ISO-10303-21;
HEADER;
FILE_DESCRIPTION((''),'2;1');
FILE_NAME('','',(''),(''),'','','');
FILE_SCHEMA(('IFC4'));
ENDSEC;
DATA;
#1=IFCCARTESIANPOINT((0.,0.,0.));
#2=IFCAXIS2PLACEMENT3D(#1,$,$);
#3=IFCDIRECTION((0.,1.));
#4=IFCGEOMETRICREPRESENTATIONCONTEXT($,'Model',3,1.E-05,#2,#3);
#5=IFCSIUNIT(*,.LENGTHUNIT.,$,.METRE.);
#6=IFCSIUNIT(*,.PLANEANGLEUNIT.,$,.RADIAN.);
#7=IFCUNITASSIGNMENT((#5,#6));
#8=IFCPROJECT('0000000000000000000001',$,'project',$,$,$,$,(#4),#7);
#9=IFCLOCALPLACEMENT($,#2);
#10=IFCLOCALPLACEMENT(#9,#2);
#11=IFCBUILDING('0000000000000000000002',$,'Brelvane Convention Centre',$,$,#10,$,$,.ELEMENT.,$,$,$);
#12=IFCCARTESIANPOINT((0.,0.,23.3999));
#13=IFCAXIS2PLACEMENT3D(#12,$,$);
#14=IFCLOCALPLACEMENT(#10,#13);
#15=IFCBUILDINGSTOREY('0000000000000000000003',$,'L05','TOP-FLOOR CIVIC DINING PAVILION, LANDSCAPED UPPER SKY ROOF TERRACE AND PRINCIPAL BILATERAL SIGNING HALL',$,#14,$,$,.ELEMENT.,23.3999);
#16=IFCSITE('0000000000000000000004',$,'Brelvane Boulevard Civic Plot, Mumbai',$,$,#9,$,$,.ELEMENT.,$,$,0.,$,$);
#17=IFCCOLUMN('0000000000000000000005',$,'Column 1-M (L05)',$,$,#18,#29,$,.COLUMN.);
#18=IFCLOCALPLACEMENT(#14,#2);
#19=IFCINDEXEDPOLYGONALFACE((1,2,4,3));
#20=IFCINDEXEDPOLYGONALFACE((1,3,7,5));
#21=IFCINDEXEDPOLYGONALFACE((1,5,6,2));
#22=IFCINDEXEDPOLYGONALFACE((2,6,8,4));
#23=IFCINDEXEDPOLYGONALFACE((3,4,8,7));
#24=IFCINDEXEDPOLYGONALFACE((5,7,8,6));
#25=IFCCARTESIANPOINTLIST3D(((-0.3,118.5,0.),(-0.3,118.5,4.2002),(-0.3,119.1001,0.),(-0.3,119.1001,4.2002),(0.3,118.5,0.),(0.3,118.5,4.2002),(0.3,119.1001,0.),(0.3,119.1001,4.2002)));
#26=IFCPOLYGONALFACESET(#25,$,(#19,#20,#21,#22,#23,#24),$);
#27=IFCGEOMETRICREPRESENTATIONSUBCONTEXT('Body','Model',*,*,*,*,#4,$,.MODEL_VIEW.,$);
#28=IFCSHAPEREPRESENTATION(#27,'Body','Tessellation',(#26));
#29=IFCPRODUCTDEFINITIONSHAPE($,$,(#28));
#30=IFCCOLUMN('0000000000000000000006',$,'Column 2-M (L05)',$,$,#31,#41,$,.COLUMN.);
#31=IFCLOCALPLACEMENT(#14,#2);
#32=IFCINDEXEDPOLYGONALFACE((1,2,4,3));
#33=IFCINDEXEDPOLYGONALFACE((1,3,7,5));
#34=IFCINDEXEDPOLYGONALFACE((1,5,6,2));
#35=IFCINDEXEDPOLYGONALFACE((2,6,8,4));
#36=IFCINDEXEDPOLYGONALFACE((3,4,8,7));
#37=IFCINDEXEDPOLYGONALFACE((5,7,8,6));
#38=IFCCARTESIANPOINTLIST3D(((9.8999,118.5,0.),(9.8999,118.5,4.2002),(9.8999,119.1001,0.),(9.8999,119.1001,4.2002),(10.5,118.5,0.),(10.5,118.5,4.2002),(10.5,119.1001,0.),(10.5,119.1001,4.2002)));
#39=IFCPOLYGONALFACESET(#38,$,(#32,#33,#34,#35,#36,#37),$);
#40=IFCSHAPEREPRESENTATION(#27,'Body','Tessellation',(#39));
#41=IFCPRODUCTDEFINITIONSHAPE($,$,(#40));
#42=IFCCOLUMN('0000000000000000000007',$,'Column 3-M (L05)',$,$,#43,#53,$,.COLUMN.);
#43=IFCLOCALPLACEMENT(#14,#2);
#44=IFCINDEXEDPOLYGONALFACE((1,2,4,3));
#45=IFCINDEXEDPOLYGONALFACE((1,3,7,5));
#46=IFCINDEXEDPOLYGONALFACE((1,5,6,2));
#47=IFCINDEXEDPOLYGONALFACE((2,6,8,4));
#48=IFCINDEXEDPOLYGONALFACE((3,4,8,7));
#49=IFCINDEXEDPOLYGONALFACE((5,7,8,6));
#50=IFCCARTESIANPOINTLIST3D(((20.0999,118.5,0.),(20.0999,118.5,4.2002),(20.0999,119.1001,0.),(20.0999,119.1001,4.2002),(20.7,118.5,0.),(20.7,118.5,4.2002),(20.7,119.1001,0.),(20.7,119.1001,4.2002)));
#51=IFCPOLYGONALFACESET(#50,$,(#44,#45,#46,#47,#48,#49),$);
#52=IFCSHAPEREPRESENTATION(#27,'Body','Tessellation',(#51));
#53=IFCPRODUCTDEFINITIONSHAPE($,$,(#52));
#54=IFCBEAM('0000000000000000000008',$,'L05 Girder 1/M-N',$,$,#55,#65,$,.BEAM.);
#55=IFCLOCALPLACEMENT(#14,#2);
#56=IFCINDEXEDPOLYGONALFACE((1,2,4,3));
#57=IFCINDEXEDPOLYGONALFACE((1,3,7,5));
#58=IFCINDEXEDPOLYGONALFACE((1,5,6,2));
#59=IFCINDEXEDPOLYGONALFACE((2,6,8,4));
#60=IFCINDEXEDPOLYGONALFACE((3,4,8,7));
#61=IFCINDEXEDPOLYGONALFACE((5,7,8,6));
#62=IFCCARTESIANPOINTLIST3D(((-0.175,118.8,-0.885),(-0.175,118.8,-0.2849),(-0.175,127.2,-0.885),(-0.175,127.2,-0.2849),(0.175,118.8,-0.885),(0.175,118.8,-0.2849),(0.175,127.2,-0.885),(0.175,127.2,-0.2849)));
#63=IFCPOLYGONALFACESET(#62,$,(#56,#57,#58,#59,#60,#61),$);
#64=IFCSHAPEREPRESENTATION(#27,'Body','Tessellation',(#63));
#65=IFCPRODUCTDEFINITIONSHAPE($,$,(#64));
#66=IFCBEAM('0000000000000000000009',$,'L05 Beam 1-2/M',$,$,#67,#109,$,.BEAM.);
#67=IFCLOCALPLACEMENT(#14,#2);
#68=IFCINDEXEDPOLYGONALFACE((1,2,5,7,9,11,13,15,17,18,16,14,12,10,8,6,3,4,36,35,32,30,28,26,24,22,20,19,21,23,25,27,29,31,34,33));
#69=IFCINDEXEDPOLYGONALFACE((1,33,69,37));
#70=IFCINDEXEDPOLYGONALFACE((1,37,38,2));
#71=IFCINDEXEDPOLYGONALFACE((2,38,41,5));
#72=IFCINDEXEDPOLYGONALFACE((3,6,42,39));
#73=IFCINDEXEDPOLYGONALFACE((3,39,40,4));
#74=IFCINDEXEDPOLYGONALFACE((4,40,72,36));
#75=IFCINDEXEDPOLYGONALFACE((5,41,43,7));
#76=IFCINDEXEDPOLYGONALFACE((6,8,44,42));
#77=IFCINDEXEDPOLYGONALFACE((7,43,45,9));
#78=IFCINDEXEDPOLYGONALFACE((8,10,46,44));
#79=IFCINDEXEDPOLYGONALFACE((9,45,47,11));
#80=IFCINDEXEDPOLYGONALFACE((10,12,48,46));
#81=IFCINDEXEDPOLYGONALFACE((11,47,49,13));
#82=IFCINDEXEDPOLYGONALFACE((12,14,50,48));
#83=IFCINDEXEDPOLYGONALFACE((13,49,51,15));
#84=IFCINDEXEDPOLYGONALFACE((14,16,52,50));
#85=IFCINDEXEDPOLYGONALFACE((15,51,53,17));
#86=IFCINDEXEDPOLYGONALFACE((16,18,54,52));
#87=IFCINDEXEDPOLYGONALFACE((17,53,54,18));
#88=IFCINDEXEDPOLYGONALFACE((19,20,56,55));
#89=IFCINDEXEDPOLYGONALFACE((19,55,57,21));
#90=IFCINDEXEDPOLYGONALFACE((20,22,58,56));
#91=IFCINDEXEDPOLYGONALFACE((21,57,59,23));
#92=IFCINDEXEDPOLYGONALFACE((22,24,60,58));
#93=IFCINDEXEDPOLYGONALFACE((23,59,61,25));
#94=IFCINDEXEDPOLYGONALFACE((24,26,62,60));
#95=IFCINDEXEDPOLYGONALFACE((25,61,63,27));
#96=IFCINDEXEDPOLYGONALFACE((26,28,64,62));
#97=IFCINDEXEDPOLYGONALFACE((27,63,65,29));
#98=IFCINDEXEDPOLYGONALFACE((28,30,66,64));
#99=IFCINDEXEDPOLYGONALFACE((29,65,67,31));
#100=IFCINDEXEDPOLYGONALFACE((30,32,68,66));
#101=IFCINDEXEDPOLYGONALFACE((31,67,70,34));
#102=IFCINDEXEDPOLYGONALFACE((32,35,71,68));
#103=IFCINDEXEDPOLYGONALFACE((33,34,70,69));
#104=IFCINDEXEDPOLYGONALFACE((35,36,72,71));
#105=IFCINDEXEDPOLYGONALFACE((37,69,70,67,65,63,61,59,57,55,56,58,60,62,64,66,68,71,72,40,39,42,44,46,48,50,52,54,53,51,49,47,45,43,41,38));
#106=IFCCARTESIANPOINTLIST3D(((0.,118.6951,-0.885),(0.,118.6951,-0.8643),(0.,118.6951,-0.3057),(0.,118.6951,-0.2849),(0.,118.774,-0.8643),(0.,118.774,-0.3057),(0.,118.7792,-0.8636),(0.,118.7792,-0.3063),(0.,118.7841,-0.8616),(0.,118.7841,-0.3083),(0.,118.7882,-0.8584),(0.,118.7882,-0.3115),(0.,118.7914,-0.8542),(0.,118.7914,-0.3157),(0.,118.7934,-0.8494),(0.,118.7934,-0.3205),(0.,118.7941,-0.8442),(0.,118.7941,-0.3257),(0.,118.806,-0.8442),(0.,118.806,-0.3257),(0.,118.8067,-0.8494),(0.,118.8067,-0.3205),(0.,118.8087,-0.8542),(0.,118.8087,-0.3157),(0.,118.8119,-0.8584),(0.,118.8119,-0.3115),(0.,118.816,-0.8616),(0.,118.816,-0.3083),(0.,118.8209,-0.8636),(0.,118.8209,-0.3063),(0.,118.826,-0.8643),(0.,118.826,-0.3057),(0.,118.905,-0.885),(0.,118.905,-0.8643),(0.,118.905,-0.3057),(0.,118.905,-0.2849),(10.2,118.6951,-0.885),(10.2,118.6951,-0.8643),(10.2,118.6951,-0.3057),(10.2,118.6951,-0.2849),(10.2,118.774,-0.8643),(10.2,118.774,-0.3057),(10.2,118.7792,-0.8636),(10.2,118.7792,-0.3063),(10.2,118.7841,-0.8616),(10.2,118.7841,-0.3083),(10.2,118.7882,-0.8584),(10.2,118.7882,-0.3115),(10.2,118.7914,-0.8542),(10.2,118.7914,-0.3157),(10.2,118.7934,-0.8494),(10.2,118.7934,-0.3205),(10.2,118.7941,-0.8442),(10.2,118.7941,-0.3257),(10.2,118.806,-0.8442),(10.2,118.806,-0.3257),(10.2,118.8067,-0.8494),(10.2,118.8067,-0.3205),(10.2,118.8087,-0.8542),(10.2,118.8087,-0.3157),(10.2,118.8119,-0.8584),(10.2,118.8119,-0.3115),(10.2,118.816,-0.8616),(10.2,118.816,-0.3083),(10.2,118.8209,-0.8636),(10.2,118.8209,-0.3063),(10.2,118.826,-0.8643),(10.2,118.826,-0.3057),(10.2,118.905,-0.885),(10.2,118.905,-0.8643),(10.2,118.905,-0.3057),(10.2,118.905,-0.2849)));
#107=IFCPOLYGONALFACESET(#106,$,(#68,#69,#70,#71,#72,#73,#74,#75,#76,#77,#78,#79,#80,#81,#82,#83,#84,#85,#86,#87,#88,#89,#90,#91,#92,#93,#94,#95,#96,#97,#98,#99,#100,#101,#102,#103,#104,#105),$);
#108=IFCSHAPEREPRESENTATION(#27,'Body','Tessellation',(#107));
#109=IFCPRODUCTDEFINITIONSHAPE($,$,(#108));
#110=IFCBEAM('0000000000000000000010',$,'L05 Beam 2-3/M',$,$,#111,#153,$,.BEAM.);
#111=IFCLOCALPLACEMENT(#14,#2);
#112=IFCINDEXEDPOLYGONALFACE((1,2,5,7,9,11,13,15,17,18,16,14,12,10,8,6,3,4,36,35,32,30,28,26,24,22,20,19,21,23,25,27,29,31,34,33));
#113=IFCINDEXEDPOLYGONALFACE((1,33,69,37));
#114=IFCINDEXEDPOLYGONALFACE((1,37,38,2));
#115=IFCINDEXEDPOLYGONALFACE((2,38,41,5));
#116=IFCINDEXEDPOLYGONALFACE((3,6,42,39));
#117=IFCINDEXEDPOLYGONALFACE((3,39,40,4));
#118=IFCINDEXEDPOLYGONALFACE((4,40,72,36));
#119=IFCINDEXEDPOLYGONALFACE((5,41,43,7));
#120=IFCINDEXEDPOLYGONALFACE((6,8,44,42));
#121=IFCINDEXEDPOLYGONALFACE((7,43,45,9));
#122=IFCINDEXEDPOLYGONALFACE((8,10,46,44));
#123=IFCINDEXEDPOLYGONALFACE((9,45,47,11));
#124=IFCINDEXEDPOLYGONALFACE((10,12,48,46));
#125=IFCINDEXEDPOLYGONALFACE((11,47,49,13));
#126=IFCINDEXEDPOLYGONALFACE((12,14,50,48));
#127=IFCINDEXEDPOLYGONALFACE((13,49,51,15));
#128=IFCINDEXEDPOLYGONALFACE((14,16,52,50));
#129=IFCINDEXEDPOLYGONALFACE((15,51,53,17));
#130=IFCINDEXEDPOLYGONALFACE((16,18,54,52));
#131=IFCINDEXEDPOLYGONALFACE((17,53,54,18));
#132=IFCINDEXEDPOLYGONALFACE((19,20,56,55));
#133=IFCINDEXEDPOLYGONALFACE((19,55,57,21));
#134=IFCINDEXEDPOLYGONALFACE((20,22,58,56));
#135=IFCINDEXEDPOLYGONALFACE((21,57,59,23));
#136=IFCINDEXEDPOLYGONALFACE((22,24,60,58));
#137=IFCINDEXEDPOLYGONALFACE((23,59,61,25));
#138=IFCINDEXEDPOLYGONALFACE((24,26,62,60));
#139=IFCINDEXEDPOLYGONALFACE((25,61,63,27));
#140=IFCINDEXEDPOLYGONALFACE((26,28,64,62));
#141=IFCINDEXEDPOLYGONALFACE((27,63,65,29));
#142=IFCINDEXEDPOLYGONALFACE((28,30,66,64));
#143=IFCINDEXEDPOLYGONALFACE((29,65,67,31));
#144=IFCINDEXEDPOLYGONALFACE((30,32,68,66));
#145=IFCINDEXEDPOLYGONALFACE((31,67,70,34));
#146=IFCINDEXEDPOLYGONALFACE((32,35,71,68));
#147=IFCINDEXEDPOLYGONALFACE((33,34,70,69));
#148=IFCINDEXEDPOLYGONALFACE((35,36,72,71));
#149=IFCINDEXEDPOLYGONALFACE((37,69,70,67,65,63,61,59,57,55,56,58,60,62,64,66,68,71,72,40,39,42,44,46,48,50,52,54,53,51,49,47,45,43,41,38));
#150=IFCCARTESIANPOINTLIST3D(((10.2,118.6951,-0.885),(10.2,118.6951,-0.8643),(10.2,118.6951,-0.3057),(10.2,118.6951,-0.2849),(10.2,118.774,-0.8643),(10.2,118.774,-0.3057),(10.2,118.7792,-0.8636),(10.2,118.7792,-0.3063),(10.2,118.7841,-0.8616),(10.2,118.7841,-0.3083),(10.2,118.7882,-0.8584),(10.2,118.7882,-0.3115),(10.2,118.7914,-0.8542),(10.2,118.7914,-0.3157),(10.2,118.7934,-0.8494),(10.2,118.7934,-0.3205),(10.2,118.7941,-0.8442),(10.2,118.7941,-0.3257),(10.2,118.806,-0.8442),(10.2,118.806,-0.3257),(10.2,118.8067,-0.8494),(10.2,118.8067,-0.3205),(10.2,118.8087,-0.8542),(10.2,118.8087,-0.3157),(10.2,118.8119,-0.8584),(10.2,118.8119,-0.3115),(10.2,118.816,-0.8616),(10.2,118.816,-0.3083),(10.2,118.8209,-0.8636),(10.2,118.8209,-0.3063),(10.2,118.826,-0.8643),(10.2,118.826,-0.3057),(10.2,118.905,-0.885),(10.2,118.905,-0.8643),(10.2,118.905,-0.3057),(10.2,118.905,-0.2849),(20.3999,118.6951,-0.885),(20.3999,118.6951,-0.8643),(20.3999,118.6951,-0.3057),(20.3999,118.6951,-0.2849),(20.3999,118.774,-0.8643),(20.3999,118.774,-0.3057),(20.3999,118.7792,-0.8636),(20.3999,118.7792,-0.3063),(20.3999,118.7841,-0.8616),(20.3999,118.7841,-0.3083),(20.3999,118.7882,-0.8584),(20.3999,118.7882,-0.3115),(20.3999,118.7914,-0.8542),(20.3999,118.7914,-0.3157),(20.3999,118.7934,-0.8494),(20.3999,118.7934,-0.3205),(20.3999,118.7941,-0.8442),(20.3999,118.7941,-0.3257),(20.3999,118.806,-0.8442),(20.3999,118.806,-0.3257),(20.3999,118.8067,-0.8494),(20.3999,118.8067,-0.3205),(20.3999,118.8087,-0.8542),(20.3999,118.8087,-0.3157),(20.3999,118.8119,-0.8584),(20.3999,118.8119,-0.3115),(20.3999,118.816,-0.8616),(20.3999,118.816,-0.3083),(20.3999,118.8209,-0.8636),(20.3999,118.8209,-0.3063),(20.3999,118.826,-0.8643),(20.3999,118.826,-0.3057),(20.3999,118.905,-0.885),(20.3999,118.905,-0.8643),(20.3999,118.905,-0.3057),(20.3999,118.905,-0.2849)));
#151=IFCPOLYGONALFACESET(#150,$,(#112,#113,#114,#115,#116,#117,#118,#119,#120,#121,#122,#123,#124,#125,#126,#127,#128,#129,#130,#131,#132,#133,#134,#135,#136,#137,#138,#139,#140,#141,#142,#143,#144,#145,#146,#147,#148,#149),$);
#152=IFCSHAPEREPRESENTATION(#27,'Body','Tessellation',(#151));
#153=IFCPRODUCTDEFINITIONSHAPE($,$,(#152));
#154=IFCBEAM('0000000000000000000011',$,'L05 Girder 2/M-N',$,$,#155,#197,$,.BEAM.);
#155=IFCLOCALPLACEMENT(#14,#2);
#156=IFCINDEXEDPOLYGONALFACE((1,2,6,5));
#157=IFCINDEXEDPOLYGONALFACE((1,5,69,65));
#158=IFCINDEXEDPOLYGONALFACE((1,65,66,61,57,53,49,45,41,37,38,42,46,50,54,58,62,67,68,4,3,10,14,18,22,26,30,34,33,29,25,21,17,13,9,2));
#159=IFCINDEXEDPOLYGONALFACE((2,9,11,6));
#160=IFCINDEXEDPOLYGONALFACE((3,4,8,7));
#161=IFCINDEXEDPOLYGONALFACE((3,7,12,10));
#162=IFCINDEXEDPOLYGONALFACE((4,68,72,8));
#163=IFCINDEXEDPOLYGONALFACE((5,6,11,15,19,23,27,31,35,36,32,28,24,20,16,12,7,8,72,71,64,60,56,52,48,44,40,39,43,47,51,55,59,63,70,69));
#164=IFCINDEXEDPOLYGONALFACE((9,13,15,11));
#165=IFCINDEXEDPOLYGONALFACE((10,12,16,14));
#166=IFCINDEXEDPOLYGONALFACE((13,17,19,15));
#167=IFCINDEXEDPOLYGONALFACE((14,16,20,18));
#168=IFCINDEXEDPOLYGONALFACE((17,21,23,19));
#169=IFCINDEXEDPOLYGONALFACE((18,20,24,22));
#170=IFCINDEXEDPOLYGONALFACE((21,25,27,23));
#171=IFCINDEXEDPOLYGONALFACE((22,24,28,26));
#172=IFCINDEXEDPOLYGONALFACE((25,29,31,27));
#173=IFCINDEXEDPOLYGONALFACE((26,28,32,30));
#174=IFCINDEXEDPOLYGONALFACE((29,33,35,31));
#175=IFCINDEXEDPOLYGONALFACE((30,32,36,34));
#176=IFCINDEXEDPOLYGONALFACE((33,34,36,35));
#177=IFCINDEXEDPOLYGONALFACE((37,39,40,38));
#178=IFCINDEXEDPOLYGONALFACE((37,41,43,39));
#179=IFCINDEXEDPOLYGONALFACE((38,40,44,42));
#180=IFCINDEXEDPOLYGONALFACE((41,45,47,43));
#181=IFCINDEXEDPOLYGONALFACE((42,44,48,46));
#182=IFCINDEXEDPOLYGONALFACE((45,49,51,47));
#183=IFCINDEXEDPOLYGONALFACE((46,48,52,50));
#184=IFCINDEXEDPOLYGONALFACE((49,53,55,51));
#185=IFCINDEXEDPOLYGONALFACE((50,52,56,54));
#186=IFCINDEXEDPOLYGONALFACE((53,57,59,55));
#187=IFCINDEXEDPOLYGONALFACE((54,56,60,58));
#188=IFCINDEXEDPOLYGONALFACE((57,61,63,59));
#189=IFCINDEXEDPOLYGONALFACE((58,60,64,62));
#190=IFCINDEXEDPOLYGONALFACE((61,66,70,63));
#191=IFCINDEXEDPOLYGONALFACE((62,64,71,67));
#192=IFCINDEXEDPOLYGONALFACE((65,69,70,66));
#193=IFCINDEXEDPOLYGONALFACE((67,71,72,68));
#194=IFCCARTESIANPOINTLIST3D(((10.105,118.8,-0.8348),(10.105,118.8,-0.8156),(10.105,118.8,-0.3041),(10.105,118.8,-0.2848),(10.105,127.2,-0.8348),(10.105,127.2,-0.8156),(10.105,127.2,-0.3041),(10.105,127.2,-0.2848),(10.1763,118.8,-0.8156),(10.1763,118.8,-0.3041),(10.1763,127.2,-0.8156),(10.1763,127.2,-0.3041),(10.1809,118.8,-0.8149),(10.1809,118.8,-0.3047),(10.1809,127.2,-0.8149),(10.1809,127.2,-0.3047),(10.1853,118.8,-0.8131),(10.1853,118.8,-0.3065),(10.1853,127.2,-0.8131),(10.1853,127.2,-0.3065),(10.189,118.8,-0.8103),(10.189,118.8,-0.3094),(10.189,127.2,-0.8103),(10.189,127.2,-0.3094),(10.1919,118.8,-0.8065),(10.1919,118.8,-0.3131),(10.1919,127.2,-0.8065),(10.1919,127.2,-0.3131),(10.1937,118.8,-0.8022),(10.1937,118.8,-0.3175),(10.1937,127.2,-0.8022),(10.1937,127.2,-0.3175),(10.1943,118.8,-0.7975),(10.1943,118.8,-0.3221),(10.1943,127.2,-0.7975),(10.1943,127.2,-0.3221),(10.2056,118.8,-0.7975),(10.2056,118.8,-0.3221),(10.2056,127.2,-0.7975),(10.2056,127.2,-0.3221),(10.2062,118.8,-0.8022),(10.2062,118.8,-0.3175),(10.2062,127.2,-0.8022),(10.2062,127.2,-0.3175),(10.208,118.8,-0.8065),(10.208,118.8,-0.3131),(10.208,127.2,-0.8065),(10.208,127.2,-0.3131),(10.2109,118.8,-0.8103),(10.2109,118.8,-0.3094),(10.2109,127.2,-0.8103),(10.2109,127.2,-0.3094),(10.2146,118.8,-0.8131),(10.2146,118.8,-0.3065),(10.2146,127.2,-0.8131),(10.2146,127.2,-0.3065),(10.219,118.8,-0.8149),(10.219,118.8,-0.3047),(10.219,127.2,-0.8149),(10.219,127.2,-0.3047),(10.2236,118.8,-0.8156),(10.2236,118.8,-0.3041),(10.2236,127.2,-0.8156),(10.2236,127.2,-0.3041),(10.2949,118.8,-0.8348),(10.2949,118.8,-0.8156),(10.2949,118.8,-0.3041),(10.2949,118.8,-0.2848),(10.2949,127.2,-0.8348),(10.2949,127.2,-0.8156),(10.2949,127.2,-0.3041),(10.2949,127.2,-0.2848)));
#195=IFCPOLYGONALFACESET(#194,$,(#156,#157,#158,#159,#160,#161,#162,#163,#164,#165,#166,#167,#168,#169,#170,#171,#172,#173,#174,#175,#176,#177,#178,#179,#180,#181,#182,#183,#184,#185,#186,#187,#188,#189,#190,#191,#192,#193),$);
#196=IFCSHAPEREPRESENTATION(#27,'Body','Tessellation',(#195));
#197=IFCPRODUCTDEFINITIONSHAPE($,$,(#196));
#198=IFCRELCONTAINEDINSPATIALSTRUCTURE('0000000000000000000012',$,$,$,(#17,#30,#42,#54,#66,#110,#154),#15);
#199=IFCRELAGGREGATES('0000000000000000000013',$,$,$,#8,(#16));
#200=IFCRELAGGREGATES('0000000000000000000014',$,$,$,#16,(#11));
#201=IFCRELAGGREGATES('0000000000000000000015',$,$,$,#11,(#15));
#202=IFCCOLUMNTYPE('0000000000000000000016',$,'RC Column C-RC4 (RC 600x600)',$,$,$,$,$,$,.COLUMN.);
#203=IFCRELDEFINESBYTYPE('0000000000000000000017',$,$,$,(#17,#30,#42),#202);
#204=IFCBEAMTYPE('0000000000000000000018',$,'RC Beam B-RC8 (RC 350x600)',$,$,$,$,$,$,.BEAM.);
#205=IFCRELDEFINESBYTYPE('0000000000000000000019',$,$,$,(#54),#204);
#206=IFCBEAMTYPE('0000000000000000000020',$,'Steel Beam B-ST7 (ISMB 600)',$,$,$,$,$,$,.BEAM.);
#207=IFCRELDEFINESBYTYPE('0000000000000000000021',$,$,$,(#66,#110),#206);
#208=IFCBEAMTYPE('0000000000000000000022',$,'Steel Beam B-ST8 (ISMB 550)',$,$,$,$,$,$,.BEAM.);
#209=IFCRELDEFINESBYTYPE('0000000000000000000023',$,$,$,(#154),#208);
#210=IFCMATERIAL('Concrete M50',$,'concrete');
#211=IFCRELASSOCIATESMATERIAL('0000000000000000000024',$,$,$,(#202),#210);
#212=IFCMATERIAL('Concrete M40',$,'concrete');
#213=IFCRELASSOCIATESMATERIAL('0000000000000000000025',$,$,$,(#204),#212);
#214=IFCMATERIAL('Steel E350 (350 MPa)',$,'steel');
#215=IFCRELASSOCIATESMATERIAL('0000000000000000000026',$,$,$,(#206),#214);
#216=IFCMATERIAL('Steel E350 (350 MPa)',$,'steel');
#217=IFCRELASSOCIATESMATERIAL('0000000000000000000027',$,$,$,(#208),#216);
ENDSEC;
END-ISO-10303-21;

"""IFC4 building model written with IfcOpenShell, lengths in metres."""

from ifc_helpers import new_model, si_unit, direction, frame, origin, origin_2d, place, context, subcontext, project, spatial, rectangle, i_section, extrude, material, material_profile, profile_set, type_object, element, save


model = new_model("IFC4")

# Units and contexts
model_context = context("Model", 3, precision=1e-05, world=origin(), true_north=direction((0.0, 1.0)))
body_context = subcontext(model_context, "Body", "Model", "MODEL_VIEW")
ifc_project = project(units=[si_unit("LENGTHUNIT", "METRE"), si_unit("PLANEANGLEUNIT", "RADIAN")], contexts=[model_context])

# Site, building, storey
site_placement = place(None, origin())
site = spatial("IfcSite", under=ifc_project, at=site_placement, Name="Brelvane Boulevard Civic Plot, Mumbai", CompositionType="ELEMENT", RefElevation=0.0)
building_placement = place(site_placement, origin())
building = spatial("IfcBuilding", under=site, at=building_placement, Name="Brelvane Convention Centre", CompositionType="ELEMENT")
storey_placement = place(building_placement, frame((0.0, 0.0, 23.3999)))
storey = spatial("IfcBuildingStorey", under=building, at=storey_placement, Name="L05", Description="TOP-FLOOR CIVIC DINING PAVILION, LANDSCAPED UPPER SKY ROOF TERRACE AND PRINCIPAL BILATERAL SIGNING HALL", CompositionType="ELEMENT", Elevation=23.3999)

# Columns
ifc_material_1 = material(Name="Concrete M50", Category="concrete")
ifc_material_profile_1 = material_profile(ifc_material_1, rectangle(XDim=0.6001, YDim=0.6001, at=origin_2d()), Name="RC 600x600")
ifc_profile_set_1 = profile_set([ifc_material_profile_1], Name="Concrete M50")
column_type = type_object("IfcColumnType", Name="RC Column C-RC4 (RC 600x600)", PredefinedType="COLUMN", material=ifc_profile_set_1)
for number, where, z_axis, x_axis, name in (
    (1, (0.0, 118.8, 0.0), (0.0, 0.0, 1.0), (1.0, 0.0, 0.0), "Column 1-M (L05)"),
    (2, (10.2, 118.8, 0.0), (0.0, 0.0, 1.0), (1.0, 0.0, 0.0), "Column 2-M (L05)"),
    (3, (20.3999, 118.8, 0.0), (0.0, 0.0, 1.0), (1.0, 0.0, 0.0), "Column 3-M (L05)"),
):
    element("IfcColumn", number, at=place(storey_placement, frame(where, z_axis=z_axis, x_axis=x_axis)), inside=storey, type_object=column_type, Name=name, PredefinedType="COLUMN", context=body_context, shape_type="SweptSolid", body=[
        extrude(rectangle(XDim=0.6001, YDim=0.6001, at=origin_2d()), origin(), (0.0, 0.0, 1.0), 4.2002),
    ])

# Beams
ifc_material_2 = material(Name="Concrete M40", Category="concrete")
ifc_material_profile_2 = material_profile(ifc_material_2, rectangle(XDim=0.3501, YDim=0.6001, at=origin_2d()), Name="RC 350x600")
ifc_profile_set_2 = profile_set([ifc_material_profile_2], Name="Concrete M40")
beam_type_1 = type_object("IfcBeamType", Name="RC Beam B-RC8 (RC 350x600)", PredefinedType="BEAM", material=ifc_profile_set_2)
beam_1_placement = place(storey_placement, frame((0.0, 118.8, -0.585), z_axis=(0.0, 1.0, 0.0), x_axis=(-1.0, 0.0, 0.0)))
element("IfcBeam", 4, at=beam_1_placement, inside=storey, type_object=beam_type_1, Name="L05 Girder 1/M-N", PredefinedType="BEAM", context=body_context, shape_type="SweptSolid", body=[
    extrude(rectangle(XDim=0.3501, YDim=0.6001, at=origin_2d()), origin(), (0.0, 0.0, 1.0), 8.3999),
])
ifc_material_3 = material(Name="Steel E350 (350 MPa)", Category="steel")
ifc_material_profile_3 = material_profile(ifc_material_3, i_section(OverallWidth=0.21, OverallDepth=0.6001, WebThickness=0.012, FlangeThickness=0.0208, FilletRadius=0.02, at=origin_2d()), Name="ISMB 600")
ifc_profile_set_3 = profile_set([ifc_material_profile_3], Name="Steel E350 (350 MPa)")
beam_type_2 = type_object("IfcBeamType", Name="Steel Beam B-ST7 (ISMB 600)", PredefinedType="BEAM", material=ifc_profile_set_3)
for number, where, z_axis, x_axis, name in (
    (5, (0.0, 118.8, -0.585), (1.0, 0.0, 0.0), (0.0, 1.0, 0.0), "L05 Beam 1-2/M"),
    (6, (10.2, 118.8, -0.585), (1.0, 0.0, 0.0), (0.0, 1.0, 0.0), "L05 Beam 2-3/M"),
):
    element("IfcBeam", number, at=place(storey_placement, frame(where, z_axis=z_axis, x_axis=x_axis)), inside=storey, type_object=beam_type_2, Name=name, PredefinedType="BEAM", context=body_context, shape_type="SweptSolid", body=[
        extrude(i_section(OverallWidth=0.21, OverallDepth=0.6001, WebThickness=0.012, FlangeThickness=0.0208, FilletRadius=0.02, at=origin_2d()), origin(), (0.0, 0.0, 1.0), 10.2),
    ])
ifc_material_4 = material(Name="Steel E350 (350 MPa)", Category="steel")
ifc_material_profile_4 = material_profile(ifc_material_4, i_section(OverallWidth=0.1899, OverallDepth=0.55, WebThickness=0.0112, FlangeThickness=0.0193, FilletRadius=0.0181, at=origin_2d()), Name="ISMB 550")
ifc_profile_set_4 = profile_set([ifc_material_profile_4], Name="Steel E350 (350 MPa)")
beam_type_3 = type_object("IfcBeamType", Name="Steel Beam B-ST8 (ISMB 550)", PredefinedType="BEAM", material=ifc_profile_set_4)
beam_2_placement = place(storey_placement, frame((10.2, 118.8, -0.5598), z_axis=(0.0, 1.0, 0.0), x_axis=(-1.0, 0.0, 0.0)))
element("IfcBeam", 7, at=beam_2_placement, inside=storey, type_object=beam_type_3, Name="L05 Girder 2/M-N", PredefinedType="BEAM", context=body_context, shape_type="SweptSolid", body=[
    extrude(i_section(OverallWidth=0.1899, OverallDepth=0.55, WebThickness=0.0112, FlangeThickness=0.0193, FilletRadius=0.0181, at=origin_2d()), origin(), (0.0, 0.0, 1.0), 8.3999),
])

save(model, "model.ifc")
